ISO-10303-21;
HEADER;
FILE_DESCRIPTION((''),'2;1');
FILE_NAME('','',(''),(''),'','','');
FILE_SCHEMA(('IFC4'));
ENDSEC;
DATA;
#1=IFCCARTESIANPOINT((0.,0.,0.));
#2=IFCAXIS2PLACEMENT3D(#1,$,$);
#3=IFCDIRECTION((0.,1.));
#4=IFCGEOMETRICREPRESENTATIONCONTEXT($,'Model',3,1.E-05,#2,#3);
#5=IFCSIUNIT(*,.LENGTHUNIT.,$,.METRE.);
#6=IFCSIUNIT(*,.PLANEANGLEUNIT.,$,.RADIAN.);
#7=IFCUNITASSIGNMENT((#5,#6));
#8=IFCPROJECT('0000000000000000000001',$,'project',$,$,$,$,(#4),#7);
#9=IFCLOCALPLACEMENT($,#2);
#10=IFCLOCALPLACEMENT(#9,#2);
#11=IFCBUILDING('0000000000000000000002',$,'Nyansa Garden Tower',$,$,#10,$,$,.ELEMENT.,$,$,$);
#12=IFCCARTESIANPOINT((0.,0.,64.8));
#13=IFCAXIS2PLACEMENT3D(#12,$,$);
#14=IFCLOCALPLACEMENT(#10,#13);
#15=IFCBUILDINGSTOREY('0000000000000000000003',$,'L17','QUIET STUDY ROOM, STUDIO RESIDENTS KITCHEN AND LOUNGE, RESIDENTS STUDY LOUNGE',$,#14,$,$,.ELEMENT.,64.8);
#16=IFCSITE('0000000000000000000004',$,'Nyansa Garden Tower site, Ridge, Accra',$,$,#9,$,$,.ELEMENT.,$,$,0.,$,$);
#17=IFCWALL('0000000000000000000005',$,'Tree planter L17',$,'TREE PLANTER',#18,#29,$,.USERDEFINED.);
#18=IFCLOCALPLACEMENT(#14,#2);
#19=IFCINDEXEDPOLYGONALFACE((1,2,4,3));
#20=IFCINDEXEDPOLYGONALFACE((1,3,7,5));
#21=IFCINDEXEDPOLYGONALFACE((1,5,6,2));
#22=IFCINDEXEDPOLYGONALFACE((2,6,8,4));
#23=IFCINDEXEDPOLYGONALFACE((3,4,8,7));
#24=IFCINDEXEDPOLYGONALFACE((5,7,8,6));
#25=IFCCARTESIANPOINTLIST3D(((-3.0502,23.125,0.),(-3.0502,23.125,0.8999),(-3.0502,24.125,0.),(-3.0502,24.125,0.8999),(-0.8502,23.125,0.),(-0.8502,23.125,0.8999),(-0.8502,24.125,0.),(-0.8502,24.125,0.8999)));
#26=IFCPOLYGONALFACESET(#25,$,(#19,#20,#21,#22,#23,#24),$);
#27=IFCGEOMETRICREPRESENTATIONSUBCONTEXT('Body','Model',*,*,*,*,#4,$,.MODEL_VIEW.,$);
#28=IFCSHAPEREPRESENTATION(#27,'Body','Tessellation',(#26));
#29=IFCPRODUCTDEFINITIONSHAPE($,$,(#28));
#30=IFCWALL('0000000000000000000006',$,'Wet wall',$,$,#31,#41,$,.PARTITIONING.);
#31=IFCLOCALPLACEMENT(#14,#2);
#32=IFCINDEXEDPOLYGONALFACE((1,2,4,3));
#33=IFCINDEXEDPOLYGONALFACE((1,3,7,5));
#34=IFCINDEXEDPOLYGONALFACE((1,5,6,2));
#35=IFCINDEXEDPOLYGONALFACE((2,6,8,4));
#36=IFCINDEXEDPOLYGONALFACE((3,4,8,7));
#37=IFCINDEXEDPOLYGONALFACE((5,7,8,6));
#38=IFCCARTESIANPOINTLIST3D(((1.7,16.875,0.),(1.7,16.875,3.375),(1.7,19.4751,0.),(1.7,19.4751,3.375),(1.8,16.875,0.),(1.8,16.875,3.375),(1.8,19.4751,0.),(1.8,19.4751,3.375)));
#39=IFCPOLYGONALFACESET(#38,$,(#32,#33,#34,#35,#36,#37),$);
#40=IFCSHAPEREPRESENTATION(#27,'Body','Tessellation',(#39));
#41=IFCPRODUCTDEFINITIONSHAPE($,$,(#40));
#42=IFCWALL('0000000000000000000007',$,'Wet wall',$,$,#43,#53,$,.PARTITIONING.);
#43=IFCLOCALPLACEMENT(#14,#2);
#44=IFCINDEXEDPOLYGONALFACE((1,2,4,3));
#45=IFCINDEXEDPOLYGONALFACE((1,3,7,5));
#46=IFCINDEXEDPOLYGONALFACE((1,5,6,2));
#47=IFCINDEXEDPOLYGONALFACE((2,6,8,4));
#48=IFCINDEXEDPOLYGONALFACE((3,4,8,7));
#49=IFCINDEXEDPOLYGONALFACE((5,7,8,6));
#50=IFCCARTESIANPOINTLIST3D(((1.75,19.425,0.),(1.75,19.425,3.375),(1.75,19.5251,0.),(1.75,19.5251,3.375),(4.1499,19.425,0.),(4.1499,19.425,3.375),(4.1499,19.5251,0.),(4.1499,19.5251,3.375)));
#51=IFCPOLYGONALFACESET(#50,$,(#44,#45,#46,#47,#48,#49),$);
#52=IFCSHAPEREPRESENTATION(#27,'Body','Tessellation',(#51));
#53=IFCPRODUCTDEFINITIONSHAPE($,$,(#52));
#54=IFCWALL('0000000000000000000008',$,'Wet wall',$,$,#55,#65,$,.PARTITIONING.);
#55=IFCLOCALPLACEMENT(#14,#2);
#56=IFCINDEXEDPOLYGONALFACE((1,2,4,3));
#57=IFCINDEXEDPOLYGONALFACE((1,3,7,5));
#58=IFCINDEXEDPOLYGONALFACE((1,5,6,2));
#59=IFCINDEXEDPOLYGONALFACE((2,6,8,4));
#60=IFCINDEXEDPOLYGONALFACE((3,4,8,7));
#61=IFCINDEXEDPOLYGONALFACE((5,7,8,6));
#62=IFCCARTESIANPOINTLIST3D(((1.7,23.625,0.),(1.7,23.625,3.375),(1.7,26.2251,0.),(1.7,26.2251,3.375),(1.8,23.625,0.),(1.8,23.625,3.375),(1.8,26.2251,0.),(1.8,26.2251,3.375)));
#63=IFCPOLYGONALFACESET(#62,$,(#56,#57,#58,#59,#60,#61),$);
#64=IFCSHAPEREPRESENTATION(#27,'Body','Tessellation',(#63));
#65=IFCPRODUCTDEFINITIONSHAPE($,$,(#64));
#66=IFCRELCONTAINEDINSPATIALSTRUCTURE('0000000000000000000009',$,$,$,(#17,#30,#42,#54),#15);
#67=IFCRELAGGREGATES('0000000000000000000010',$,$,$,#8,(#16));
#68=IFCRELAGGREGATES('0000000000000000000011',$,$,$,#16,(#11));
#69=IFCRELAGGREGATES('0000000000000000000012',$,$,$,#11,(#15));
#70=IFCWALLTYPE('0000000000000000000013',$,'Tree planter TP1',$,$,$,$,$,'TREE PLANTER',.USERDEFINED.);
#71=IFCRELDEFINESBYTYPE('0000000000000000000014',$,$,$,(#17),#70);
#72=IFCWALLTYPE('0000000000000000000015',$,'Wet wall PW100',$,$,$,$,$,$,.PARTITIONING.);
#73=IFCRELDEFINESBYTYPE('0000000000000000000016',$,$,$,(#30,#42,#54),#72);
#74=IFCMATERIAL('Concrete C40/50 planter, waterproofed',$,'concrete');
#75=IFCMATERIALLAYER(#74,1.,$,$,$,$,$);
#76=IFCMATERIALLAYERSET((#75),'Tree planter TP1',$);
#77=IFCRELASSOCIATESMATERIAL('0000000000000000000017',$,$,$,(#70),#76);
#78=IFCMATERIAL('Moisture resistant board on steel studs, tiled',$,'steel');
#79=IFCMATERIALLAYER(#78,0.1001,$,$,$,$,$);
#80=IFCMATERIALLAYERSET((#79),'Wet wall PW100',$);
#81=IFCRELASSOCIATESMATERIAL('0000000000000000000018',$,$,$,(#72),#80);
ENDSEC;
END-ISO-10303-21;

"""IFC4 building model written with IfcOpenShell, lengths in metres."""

from ifc_helpers import new_model, si_unit, direction, frame, frame_2d, origin, place, context, subcontext, project, spatial, rectangle, extrude, material, layer, layer_set, type_object, element, save


model = new_model("IFC4")

# Units and contexts
model_context = context("Model", 3, precision=1e-05, world=origin(), true_north=direction((0.0, 1.0)))
body_context = subcontext(model_context, "Body", "Model", "MODEL_VIEW")
ifc_project = project(units=[si_unit("LENGTHUNIT", "METRE"), si_unit("PLANEANGLEUNIT", "RADIAN")], contexts=[model_context])

# Site, building, storey
site_placement = place(None, origin())
site = spatial("IfcSite", under=ifc_project, at=site_placement, Name="Nyansa Garden Tower site, Ridge, Accra", CompositionType="ELEMENT", RefElevation=0.0)
building_placement = place(site_placement, origin())
building = spatial("IfcBuilding", under=site, at=building_placement, Name="Nyansa Garden Tower", CompositionType="ELEMENT")
storey_placement = place(building_placement, frame((0.0, 0.0, 64.8)))
storey = spatial("IfcBuildingStorey", under=building, at=storey_placement, Name="L17", Description="QUIET STUDY ROOM, STUDIO RESIDENTS KITCHEN AND LOUNGE, RESIDENTS STUDY LOUNGE", CompositionType="ELEMENT", Elevation=64.8)

# Walls
ifc_material_1 = material(Name="Concrete C40/50 planter, waterproofed", Category="concrete")
ifc_layer_1 = layer(ifc_material_1, 1.0)
ifc_layer_set_1 = layer_set([ifc_layer_1], Name="Tree planter TP1")
wall_type_1 = type_object("IfcWallType", Name="Tree planter TP1", ElementType="TREE PLANTER", PredefinedType="USERDEFINED", material=ifc_layer_set_1)
wall_1_placement = place(storey_placement, frame((-0.8501, 23.625, 0.0), z_axis=(0.0, 0.0, 1.0), x_axis=(-1.0, 0.0, 0.0)))
element("IfcWall", 1, at=wall_1_placement, inside=storey, type_object=wall_type_1, Name="Tree planter L17", ObjectType="TREE PLANTER", PredefinedType="USERDEFINED", context=body_context, shape_type="SweptSolid", body=[
    extrude(rectangle(XDim=2.2, YDim=1.0, at=frame_2d((1.1001, 0.0))), origin(), (0.0, 0.0, 1.0), 0.8999),
])
ifc_material_2 = material(Name="Moisture resistant board on steel studs, tiled", Category="steel")
ifc_layer_2 = layer(ifc_material_2, 0.1001)
ifc_layer_set_2 = layer_set([ifc_layer_2], Name="Wet wall PW100")
wall_type_2 = type_object("IfcWallType", Name="Wet wall PW100", PredefinedType="PARTITIONING", material=ifc_layer_set_2)
wall_2_placement = place(storey_placement, frame((1.75, 16.875, 0.0), z_axis=(0.0, 0.0, 1.0), x_axis=(0.0, 1.0, 0.0)))
element("IfcWall", 2, at=wall_2_placement, inside=storey, type_object=wall_type_2, Name="Wet wall", PredefinedType="PARTITIONING", context=body_context, shape_type="SweptSolid", body=[
    extrude(rectangle(XDim=2.6001, YDim=0.1001, at=frame_2d((1.3, 0.0))), origin(), (0.0, 0.0, 1.0), 3.375),
])
wall_3_placement = place(storey_placement, frame((1.75, 19.4751, 0.0), z_axis=(0.0, 0.0, 1.0), x_axis=(1.0, 0.0, 0.0)))
element("IfcWall", 3, at=wall_3_placement, inside=storey, type_object=wall_type_2, Name="Wet wall", PredefinedType="PARTITIONING", context=body_context, shape_type="SweptSolid", body=[
    extrude(rectangle(XDim=2.3999, YDim=0.1001, at=frame_2d((1.2, 0.0))), origin(), (0.0, 0.0, 1.0), 3.375),
])
wall_4_placement = place(storey_placement, frame((1.75, 23.625, 0.0), z_axis=(0.0, 0.0, 1.0), x_axis=(0.0, 1.0, 0.0)))
element("IfcWall", 4, at=wall_4_placement, inside=storey, type_object=wall_type_2, Name="Wet wall", PredefinedType="PARTITIONING", context=body_context, shape_type="SweptSolid", body=[
    extrude(rectangle(XDim=2.6001, YDim=0.1001, at=frame_2d((1.3, 0.0))), origin(), (0.0, 0.0, 1.0), 3.375),
])

save(model, "model.ifc")
